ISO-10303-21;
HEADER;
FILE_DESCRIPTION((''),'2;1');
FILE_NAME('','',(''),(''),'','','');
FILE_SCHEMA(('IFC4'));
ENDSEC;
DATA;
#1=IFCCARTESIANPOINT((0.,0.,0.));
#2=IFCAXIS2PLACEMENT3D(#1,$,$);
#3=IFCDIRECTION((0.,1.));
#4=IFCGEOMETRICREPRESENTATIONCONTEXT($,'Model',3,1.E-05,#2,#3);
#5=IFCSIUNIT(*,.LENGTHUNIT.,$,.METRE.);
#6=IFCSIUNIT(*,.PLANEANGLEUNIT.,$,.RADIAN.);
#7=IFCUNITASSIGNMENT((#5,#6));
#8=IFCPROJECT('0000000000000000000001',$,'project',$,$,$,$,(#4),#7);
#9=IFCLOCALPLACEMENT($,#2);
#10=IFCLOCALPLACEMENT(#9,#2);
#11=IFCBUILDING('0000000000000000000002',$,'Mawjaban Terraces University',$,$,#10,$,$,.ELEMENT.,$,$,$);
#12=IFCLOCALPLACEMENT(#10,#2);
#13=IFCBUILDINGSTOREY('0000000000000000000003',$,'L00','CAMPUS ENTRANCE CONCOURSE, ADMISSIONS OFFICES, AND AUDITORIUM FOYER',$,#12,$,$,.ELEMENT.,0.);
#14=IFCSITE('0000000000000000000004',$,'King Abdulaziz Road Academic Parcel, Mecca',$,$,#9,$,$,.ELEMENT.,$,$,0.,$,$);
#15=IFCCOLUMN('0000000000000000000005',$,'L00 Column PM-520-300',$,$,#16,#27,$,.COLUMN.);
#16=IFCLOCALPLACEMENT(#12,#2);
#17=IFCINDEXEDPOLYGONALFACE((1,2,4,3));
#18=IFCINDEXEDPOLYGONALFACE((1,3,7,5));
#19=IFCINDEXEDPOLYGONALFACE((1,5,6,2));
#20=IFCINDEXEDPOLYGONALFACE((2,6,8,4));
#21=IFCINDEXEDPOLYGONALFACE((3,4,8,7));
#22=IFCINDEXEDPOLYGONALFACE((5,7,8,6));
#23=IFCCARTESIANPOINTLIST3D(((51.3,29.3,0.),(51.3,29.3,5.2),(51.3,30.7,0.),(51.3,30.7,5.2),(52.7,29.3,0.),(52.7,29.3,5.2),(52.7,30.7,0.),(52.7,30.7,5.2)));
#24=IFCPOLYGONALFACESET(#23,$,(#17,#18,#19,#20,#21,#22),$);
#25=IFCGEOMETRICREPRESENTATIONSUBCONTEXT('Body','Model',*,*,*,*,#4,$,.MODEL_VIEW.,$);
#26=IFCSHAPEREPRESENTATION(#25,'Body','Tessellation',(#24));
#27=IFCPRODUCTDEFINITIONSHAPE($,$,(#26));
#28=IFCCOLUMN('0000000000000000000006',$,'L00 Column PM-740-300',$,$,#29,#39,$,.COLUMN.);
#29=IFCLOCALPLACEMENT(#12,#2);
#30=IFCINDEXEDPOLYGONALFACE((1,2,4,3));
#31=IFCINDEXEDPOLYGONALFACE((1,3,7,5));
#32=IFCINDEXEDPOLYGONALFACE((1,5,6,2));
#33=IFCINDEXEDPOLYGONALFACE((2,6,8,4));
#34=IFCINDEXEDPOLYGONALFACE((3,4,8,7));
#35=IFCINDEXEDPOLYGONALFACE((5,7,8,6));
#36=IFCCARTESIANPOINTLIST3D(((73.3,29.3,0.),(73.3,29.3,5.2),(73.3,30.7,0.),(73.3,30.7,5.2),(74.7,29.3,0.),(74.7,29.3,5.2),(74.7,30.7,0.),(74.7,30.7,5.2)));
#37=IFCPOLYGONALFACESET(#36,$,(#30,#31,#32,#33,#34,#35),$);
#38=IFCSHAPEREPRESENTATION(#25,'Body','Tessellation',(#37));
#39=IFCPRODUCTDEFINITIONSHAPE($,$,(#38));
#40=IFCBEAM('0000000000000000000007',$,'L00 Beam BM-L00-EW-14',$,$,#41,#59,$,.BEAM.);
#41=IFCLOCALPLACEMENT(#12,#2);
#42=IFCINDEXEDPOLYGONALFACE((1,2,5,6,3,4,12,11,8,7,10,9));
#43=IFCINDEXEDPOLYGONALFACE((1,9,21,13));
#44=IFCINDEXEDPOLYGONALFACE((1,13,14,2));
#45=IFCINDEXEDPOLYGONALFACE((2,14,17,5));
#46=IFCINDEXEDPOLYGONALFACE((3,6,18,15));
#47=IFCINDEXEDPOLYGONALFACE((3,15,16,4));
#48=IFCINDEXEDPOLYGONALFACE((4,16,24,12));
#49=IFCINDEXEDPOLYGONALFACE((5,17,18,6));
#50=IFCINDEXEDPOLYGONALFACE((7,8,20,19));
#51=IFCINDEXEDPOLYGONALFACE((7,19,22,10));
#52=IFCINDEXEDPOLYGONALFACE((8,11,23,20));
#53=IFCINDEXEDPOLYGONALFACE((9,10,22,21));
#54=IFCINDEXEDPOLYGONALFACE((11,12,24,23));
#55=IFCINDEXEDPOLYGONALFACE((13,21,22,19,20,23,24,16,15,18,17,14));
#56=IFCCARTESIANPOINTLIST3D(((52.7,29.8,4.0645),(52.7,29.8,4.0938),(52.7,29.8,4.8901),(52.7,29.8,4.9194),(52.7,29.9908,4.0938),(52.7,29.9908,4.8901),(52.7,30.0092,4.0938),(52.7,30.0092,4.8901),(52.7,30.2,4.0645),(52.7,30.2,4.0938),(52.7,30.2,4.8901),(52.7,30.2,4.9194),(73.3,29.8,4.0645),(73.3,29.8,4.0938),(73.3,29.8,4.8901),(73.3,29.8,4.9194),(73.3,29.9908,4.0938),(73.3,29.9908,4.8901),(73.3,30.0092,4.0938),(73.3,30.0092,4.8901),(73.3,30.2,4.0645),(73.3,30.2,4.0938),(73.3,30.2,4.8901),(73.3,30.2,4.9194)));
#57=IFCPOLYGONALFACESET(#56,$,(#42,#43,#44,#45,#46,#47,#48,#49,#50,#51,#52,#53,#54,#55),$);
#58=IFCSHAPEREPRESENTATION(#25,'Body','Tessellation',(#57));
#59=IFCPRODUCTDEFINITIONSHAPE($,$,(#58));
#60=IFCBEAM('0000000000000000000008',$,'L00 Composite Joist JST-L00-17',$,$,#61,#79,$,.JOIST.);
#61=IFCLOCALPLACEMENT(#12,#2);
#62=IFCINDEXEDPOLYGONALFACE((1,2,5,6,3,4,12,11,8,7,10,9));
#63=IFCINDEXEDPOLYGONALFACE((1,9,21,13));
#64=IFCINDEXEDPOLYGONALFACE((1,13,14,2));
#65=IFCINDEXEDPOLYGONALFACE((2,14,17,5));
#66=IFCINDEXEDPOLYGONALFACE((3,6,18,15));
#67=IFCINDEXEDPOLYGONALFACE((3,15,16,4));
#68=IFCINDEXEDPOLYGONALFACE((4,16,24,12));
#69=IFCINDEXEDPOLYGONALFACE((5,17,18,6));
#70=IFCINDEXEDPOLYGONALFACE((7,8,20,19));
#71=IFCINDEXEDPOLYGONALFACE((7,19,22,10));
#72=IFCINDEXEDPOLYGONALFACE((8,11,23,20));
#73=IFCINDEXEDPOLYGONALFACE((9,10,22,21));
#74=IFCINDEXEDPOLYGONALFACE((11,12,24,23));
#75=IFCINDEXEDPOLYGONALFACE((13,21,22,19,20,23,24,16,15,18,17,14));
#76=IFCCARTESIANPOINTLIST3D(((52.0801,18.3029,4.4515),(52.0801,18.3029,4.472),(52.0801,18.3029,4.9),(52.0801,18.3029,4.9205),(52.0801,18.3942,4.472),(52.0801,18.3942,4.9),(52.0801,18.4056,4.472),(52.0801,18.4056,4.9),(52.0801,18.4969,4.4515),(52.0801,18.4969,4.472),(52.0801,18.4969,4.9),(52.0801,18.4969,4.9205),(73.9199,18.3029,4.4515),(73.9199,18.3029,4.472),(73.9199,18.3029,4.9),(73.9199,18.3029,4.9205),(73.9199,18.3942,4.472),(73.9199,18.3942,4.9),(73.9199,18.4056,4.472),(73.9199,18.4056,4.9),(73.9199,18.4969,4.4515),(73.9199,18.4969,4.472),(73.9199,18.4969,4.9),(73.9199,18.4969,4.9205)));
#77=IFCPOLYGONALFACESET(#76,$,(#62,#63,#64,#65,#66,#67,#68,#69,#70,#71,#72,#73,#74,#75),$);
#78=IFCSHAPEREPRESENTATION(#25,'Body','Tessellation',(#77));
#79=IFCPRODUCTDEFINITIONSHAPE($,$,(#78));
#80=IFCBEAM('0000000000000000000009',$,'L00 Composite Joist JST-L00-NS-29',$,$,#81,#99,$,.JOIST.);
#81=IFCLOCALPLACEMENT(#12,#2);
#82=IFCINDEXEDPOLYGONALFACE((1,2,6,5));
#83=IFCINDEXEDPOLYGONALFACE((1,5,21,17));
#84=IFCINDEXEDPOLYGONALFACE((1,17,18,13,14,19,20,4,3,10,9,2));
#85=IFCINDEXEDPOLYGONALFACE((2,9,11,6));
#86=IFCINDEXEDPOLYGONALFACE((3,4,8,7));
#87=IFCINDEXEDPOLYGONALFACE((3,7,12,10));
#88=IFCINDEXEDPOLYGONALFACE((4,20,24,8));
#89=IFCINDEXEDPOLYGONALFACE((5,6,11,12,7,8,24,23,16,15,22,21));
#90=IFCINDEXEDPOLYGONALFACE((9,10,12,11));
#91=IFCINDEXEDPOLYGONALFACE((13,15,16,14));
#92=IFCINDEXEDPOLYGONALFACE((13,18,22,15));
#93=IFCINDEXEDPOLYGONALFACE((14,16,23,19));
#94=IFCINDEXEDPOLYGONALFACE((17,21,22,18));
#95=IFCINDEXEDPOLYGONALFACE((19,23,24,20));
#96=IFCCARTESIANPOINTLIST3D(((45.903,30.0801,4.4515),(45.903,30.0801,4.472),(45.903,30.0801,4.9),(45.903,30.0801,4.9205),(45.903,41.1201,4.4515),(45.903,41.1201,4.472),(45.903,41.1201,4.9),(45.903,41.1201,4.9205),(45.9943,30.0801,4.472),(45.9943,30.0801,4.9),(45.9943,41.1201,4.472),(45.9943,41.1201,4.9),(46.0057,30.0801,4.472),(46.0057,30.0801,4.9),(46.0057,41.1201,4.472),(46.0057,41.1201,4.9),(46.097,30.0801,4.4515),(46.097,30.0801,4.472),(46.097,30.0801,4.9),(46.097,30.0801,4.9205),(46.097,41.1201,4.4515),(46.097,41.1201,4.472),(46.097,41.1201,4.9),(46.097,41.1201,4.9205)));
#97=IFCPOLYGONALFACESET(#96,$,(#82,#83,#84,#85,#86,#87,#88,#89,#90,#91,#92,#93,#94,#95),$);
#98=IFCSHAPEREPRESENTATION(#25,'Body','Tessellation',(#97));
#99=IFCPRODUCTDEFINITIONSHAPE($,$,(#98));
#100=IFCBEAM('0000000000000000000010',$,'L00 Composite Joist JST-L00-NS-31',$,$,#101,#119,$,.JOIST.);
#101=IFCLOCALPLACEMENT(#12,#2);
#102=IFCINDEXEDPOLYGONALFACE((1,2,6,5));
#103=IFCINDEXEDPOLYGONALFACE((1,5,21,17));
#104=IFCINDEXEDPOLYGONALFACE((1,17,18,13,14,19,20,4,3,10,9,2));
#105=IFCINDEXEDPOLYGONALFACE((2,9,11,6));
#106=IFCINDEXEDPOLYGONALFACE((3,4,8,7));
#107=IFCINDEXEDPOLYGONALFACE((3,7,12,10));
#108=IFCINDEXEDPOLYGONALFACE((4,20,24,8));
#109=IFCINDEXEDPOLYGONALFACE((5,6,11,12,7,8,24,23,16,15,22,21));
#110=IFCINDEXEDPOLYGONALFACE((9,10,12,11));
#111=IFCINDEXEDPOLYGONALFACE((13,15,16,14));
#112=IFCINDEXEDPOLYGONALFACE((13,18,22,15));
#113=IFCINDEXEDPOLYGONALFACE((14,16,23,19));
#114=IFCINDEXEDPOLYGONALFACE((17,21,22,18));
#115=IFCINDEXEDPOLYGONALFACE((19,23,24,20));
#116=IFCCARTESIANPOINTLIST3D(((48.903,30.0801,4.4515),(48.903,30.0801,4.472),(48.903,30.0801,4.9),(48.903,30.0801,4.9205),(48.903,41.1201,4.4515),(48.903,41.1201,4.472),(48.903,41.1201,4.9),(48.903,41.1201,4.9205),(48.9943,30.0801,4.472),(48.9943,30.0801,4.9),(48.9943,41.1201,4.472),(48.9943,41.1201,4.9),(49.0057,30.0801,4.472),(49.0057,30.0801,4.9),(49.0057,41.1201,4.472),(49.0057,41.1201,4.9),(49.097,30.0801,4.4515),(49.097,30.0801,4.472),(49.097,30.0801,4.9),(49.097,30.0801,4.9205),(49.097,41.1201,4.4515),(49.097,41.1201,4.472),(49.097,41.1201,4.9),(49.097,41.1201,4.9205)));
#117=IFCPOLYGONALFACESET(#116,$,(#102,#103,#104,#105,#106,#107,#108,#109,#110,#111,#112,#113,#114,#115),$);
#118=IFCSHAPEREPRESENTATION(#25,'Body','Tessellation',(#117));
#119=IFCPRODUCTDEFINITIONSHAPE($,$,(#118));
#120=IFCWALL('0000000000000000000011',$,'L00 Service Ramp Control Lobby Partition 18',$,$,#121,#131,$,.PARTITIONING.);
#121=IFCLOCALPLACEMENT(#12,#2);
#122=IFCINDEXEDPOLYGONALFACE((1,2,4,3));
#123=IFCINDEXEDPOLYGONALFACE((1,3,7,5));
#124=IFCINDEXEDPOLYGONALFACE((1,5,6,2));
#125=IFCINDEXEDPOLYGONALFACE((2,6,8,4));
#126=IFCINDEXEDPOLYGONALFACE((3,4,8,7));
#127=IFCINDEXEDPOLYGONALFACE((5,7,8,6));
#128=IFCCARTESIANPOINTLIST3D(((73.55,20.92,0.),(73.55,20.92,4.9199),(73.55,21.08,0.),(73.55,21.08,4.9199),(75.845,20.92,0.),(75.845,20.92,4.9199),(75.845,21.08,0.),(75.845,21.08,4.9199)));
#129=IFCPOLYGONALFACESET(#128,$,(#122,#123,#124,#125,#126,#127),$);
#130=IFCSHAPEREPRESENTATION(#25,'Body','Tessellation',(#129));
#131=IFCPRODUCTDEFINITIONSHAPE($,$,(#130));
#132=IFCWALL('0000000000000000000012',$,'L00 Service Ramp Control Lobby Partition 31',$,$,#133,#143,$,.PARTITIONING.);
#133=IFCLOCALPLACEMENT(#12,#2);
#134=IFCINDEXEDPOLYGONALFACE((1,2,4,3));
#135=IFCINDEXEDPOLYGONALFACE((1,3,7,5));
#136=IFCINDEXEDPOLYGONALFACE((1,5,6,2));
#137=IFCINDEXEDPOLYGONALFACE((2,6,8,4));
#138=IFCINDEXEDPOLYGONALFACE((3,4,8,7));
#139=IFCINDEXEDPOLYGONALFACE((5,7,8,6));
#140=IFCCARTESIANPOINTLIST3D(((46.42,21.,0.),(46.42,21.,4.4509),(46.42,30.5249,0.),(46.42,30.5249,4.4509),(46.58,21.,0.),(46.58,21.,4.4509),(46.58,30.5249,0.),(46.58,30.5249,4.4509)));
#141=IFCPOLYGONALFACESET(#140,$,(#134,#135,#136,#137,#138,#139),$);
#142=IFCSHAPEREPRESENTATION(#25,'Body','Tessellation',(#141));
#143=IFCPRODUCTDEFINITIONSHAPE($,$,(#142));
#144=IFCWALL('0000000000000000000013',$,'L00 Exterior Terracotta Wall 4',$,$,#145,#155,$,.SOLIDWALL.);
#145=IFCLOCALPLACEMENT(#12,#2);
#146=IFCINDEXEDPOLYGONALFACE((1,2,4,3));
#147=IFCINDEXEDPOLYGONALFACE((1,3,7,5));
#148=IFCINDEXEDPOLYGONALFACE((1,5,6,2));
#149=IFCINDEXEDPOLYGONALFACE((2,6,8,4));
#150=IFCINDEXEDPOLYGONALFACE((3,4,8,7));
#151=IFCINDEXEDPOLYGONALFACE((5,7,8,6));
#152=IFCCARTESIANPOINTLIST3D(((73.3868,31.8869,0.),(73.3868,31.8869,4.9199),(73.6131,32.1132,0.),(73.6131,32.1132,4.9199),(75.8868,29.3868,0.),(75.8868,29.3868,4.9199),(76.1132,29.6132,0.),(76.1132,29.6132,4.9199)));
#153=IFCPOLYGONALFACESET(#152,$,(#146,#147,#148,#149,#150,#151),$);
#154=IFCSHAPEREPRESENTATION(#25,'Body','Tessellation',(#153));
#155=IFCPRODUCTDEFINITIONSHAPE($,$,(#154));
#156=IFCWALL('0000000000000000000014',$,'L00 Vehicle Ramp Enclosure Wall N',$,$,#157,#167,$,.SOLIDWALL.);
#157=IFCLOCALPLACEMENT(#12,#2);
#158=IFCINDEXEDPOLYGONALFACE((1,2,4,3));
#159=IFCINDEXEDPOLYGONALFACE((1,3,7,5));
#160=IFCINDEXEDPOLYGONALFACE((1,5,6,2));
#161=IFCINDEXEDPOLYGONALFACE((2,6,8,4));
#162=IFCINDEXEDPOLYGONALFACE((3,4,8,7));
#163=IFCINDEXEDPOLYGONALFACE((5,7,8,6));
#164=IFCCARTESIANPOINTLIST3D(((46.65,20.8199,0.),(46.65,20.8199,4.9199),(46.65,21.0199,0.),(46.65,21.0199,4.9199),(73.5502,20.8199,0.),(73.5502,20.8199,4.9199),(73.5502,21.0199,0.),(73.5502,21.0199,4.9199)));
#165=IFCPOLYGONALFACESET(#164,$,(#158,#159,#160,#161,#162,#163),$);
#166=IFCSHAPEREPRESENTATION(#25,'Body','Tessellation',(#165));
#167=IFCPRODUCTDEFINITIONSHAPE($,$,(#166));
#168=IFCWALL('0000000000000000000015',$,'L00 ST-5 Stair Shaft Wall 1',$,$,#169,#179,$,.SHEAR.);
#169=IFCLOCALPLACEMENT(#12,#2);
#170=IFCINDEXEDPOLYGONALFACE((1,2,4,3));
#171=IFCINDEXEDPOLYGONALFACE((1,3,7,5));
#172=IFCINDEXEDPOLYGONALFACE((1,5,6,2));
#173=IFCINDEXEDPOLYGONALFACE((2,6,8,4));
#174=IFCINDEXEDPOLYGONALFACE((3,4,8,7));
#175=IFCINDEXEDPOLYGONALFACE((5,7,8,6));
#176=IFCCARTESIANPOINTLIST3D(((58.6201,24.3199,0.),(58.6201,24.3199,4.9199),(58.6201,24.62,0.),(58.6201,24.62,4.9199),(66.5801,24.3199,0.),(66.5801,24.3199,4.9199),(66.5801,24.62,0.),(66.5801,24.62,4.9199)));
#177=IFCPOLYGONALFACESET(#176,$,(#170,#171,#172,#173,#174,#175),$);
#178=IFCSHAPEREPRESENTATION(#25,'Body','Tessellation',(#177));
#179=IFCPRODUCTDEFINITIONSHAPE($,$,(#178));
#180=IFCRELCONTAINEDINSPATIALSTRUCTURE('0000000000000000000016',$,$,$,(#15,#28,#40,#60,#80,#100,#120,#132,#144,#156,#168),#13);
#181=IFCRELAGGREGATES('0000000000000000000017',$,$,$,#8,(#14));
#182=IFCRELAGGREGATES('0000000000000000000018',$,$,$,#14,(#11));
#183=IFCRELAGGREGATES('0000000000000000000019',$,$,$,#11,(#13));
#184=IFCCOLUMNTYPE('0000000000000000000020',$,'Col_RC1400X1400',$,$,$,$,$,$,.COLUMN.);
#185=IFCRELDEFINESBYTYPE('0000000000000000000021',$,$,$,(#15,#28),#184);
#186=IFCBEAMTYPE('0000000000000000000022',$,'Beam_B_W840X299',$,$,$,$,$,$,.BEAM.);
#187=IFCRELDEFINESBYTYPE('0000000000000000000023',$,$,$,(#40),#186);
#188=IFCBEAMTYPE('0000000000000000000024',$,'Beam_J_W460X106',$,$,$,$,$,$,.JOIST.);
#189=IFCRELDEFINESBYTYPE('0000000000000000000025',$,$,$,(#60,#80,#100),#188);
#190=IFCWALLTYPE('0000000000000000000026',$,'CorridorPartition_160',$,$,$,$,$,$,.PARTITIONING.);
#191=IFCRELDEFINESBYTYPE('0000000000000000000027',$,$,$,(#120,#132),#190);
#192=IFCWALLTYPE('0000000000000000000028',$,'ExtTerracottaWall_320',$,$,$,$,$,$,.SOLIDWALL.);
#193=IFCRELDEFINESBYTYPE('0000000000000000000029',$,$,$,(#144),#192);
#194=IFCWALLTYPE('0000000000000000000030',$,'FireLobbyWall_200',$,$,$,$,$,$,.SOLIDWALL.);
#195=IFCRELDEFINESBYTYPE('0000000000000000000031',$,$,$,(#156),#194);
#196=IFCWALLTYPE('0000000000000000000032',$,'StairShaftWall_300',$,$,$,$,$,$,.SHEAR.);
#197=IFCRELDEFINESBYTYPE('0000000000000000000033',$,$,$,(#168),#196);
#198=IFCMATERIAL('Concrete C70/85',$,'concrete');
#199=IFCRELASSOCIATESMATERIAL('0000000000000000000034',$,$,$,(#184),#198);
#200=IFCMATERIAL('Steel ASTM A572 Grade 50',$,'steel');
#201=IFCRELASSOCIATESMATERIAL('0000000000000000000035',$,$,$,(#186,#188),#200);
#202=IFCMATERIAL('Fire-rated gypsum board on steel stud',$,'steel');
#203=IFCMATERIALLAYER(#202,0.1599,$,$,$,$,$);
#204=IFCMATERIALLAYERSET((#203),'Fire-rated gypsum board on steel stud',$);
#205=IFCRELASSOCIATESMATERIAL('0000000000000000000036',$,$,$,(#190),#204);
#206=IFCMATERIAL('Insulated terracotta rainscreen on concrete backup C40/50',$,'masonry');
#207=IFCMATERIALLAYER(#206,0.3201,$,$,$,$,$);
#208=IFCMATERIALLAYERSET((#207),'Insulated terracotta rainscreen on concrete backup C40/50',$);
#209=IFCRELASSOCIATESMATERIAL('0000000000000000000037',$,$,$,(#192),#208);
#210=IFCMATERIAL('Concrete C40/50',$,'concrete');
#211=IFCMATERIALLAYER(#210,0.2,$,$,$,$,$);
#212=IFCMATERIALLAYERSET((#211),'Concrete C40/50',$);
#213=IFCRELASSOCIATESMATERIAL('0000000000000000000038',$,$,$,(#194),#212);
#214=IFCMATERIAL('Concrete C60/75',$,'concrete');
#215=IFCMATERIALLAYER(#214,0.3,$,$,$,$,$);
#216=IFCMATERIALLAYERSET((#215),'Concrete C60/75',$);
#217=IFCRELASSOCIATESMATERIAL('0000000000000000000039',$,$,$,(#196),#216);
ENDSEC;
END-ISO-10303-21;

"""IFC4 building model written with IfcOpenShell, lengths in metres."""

from ifc_helpers import new_model, si_unit, direction, frame, frame_2d, origin, origin_2d, place, context, subcontext, project, spatial, rectangle, i_section, extrude, material, layer, layer_set, material_profile, profile_set, type_object, element, save


model = new_model("IFC4")

# Units and contexts
model_context = context("Model", 3, precision=1e-05, world=origin(), true_north=direction((0.0, 1.0)))
body_context = subcontext(model_context, "Body", "Model", "MODEL_VIEW")
ifc_project = project(units=[si_unit("LENGTHUNIT", "METRE"), si_unit("PLANEANGLEUNIT", "RADIAN")], contexts=[model_context])

# Site, building, storey
site_placement = place(None, origin())
site = spatial("IfcSite", under=ifc_project, at=site_placement, Name="King Abdulaziz Road Academic Parcel, Mecca", CompositionType="ELEMENT", RefElevation=0.0)
building_placement = place(site_placement, origin())
building = spatial("IfcBuilding", under=site, at=building_placement, Name="Mawjaban Terraces University", CompositionType="ELEMENT")
storey_placement = place(building_placement, origin())
storey = spatial("IfcBuildingStorey", under=building, at=storey_placement, Name="L00", Description="CAMPUS ENTRANCE CONCOURSE, ADMISSIONS OFFICES, AND AUDITORIUM FOYER", CompositionType="ELEMENT", Elevation=0.0)

# Columns
ifc_material_1 = material(Name="Concrete C70/85", Category="concrete")
ifc_material_profile_1 = material_profile(ifc_material_1, rectangle(XDim=1.3999, YDim=1.3999, at=origin_2d()), Name="RC1400X1400")
ifc_profile_set_1 = profile_set([ifc_material_profile_1], Name="Concrete C70/85")
column_type = type_object("IfcColumnType", Name="Col_RC1400X1400", PredefinedType="COLUMN", material=ifc_profile_set_1)
for number, where, z_axis, x_axis, name in (
    (1, (52.0, 30.0, 0.0), (0.0, 0.0, 1.0), (1.0, 0.0, 0.0), "L00 Column PM-520-300"),
    (2, (74.0, 30.0, 0.0), (0.0, 0.0, 1.0), (1.0, 0.0, 0.0), "L00 Column PM-740-300"),
):
    element("IfcColumn", number, at=place(storey_placement, frame(where, z_axis=z_axis, x_axis=x_axis)), inside=storey, type_object=column_type, Name=name, PredefinedType="COLUMN", context=body_context, shape_type="SweptSolid", body=[
        extrude(rectangle(XDim=1.3999, YDim=1.3999, at=origin_2d()), origin(), (0.0, 0.0, 1.0), 5.2),
    ])

# Beams
ifc_material_2 = material(Name="Steel ASTM A572 Grade 50", Category="steel")
ifc_material_profile_2 = material_profile(ifc_material_2, i_section(OverallWidth=0.3999, OverallDepth=0.855, WebThickness=0.0183, FlangeThickness=0.0293, at=origin_2d()), Name="W840X299")
ifc_profile_set_2 = profile_set([ifc_material_profile_2], Name="Steel ASTM A572 Grade 50")
beam_type_1 = type_object("IfcBeamType", Name="Beam_B_W840X299", PredefinedType="BEAM", material=ifc_profile_set_2)
beam_1_placement = place(storey_placement, frame((52.7, 30.0, 4.4919), z_axis=(1.0, 0.0, 0.0), x_axis=(0.0, 1.0, 0.0)))
element("IfcBeam", 3, at=beam_1_placement, inside=storey, type_object=beam_type_1, Name="L00 Beam BM-L00-EW-14", PredefinedType="BEAM", context=body_context, shape_type="SweptSolid", body=[
    extrude(i_section(OverallWidth=0.3999, OverallDepth=0.855, WebThickness=0.0183, FlangeThickness=0.0293, at=origin_2d()), origin(), (0.0, 0.0, 1.0), 20.6001),
])
ifc_material_profile_3 = material_profile(ifc_material_2, i_section(OverallWidth=0.1941, OverallDepth=0.469, WebThickness=0.0115, FlangeThickness=0.0205, at=origin_2d()), Name="W460X106")
ifc_profile_set_3 = profile_set([ifc_material_profile_3], Name="Steel ASTM A572 Grade 50")
beam_type_2 = type_object("IfcBeamType", Name="Beam_J_W460X106", PredefinedType="JOIST", material=ifc_profile_set_3)
beam_2_placement = place(storey_placement, frame((52.0801, 18.3999, 4.686), z_axis=(1.0, 0.0, 0.0), x_axis=(0.0, 1.0, 0.0)))
element("IfcBeam", 4, at=beam_2_placement, inside=storey, type_object=beam_type_2, Name="L00 Composite Joist JST-L00-17", PredefinedType="JOIST", context=body_context, shape_type="SweptSolid", body=[
    extrude(i_section(OverallWidth=0.1941, OverallDepth=0.469, WebThickness=0.0115, FlangeThickness=0.0205, at=origin_2d()), origin(), (0.0, 0.0, 1.0), 21.8398),
])
for number, where, z_axis, x_axis, name in (
    (5, (46.0, 30.0801, 4.686), (0.0, 1.0, 0.0), (-1.0, 0.0, 0.0), "L00 Composite Joist JST-L00-NS-29"),
    (6, (49.0, 30.0801, 4.686), (0.0, 1.0, 0.0), (-1.0, 0.0, 0.0), "L00 Composite Joist JST-L00-NS-31"),
):
    element("IfcBeam", number, at=place(storey_placement, frame(where, z_axis=z_axis, x_axis=x_axis)), inside=storey, type_object=beam_type_2, Name=name, PredefinedType="JOIST", context=body_context, shape_type="SweptSolid", body=[
        extrude(i_section(OverallWidth=0.1941, OverallDepth=0.469, WebThickness=0.0115, FlangeThickness=0.0205, at=origin_2d()), origin(), (0.0, 0.0, 1.0), 11.04),
    ])

# Walls
ifc_material_3 = material(Name="Fire-rated gypsum board on steel stud", Category="steel")
ifc_layer_1 = layer(ifc_material_3, 0.1599)
ifc_layer_set_1 = layer_set([ifc_layer_1], Name="Fire-rated gypsum board on steel stud")
wall_type_1 = type_object("IfcWallType", Name="CorridorPartition_160", PredefinedType="PARTITIONING", material=ifc_layer_set_1)
wall_1_placement = place(storey_placement, frame((73.55, 21.0, 0.0), z_axis=(0.0, 0.0, 1.0), x_axis=(1.0, 0.0, 0.0)))
element("IfcWall", 7, at=wall_1_placement, inside=storey, type_object=wall_type_1, Name="L00 Service Ramp Control Lobby Partition 18", PredefinedType="PARTITIONING", context=body_context, shape_type="SweptSolid", body=[
    extrude(rectangle(XDim=2.2949, YDim=0.1599, at=frame_2d((1.1475, 0.0))), origin(), (0.0, 0.0, 1.0), 4.9199),
])
wall_2_placement = place(storey_placement, frame((46.5, 30.5249, 0.0), z_axis=(0.0, 0.0, 1.0), x_axis=(0.0, -1.0, 0.0)))
element("IfcWall", 8, at=wall_2_placement, inside=storey, type_object=wall_type_1, Name="L00 Service Ramp Control Lobby Partition 31", PredefinedType="PARTITIONING", context=body_context, shape_type="SweptSolid", body=[
    extrude(rectangle(XDim=9.5249, YDim=0.1599, at=frame_2d((4.7625, 0.0))), origin(), (0.0, 0.0, 1.0), 4.4509),
])
ifc_material_4 = material(Name="Insulated terracotta rainscreen on concrete backup C40/50", Category="masonry")
ifc_layer_2 = layer(ifc_material_4, 0.3201)
ifc_layer_set_2 = layer_set([ifc_layer_2], Name="Insulated terracotta rainscreen on concrete backup C40/50")
wall_type_2 = type_object("IfcWallType", Name="ExtTerracottaWall_320", PredefinedType="SOLIDWALL", material=ifc_layer_set_2)
wall_3_placement = place(storey_placement, frame((76.0, 29.5, 0.0), z_axis=(0.0, 0.0, 1.0), x_axis=(-0.707107, 0.707107, 0.0)))
element("IfcWall", 9, at=wall_3_placement, inside=storey, type_object=wall_type_2, Name="L00 Exterior Terracotta Wall 4", PredefinedType="SOLIDWALL", context=body_context, shape_type="SweptSolid", body=[
    extrude(rectangle(XDim=3.5356, YDim=0.3201, at=frame_2d((1.7678, 0.0))), origin(), (0.0, 0.0, 1.0), 4.9199),
])
ifc_material_5 = material(Name="Concrete C40/50", Category="concrete")
ifc_layer_3 = layer(ifc_material_5, 0.2)
ifc_layer_set_3 = layer_set([ifc_layer_3], Name="Concrete C40/50")
wall_type_3 = type_object("IfcWallType", Name="FireLobbyWall_200", PredefinedType="SOLIDWALL", material=ifc_layer_set_3)
wall_4_placement = place(storey_placement, frame((46.6499, 20.9199, 0.0), z_axis=(0.0, 0.0, 1.0), x_axis=(1.0, 0.0, 0.0)))
element("IfcWall", 10, at=wall_4_placement, inside=storey, type_object=wall_type_3, Name="L00 Vehicle Ramp Enclosure Wall N", PredefinedType="SOLIDWALL", context=body_context, shape_type="SweptSolid", body=[
    extrude(rectangle(XDim=26.9001, YDim=0.2, at=frame_2d((13.4502, 0.0))), origin(), (0.0, 0.0, 1.0), 4.9199),
])
ifc_material_6 = material(Name="Concrete C60/75", Category="concrete")
ifc_layer_4 = layer(ifc_material_6, 0.3)
ifc_layer_set_4 = layer_set([ifc_layer_4], Name="Concrete C60/75")
wall_type_4 = type_object("IfcWallType", Name="StairShaftWall_300", PredefinedType="SHEAR", material=ifc_layer_set_4)
wall_5_placement = place(storey_placement, frame((58.6201, 24.47, 0.0), z_axis=(0.0, 0.0, 1.0), x_axis=(1.0, 0.0, 0.0)))
element("IfcWall", 11, at=wall_5_placement, inside=storey, type_object=wall_type_4, Name="L00 ST-5 Stair Shaft Wall 1", PredefinedType="SHEAR", context=body_context, shape_type="SweptSolid", body=[
    extrude(rectangle(XDim=7.96, YDim=0.3, at=frame_2d((3.98, 0.0))), origin(), (0.0, 0.0, 1.0), 4.9199),
])

save(model, "model.ifc")
